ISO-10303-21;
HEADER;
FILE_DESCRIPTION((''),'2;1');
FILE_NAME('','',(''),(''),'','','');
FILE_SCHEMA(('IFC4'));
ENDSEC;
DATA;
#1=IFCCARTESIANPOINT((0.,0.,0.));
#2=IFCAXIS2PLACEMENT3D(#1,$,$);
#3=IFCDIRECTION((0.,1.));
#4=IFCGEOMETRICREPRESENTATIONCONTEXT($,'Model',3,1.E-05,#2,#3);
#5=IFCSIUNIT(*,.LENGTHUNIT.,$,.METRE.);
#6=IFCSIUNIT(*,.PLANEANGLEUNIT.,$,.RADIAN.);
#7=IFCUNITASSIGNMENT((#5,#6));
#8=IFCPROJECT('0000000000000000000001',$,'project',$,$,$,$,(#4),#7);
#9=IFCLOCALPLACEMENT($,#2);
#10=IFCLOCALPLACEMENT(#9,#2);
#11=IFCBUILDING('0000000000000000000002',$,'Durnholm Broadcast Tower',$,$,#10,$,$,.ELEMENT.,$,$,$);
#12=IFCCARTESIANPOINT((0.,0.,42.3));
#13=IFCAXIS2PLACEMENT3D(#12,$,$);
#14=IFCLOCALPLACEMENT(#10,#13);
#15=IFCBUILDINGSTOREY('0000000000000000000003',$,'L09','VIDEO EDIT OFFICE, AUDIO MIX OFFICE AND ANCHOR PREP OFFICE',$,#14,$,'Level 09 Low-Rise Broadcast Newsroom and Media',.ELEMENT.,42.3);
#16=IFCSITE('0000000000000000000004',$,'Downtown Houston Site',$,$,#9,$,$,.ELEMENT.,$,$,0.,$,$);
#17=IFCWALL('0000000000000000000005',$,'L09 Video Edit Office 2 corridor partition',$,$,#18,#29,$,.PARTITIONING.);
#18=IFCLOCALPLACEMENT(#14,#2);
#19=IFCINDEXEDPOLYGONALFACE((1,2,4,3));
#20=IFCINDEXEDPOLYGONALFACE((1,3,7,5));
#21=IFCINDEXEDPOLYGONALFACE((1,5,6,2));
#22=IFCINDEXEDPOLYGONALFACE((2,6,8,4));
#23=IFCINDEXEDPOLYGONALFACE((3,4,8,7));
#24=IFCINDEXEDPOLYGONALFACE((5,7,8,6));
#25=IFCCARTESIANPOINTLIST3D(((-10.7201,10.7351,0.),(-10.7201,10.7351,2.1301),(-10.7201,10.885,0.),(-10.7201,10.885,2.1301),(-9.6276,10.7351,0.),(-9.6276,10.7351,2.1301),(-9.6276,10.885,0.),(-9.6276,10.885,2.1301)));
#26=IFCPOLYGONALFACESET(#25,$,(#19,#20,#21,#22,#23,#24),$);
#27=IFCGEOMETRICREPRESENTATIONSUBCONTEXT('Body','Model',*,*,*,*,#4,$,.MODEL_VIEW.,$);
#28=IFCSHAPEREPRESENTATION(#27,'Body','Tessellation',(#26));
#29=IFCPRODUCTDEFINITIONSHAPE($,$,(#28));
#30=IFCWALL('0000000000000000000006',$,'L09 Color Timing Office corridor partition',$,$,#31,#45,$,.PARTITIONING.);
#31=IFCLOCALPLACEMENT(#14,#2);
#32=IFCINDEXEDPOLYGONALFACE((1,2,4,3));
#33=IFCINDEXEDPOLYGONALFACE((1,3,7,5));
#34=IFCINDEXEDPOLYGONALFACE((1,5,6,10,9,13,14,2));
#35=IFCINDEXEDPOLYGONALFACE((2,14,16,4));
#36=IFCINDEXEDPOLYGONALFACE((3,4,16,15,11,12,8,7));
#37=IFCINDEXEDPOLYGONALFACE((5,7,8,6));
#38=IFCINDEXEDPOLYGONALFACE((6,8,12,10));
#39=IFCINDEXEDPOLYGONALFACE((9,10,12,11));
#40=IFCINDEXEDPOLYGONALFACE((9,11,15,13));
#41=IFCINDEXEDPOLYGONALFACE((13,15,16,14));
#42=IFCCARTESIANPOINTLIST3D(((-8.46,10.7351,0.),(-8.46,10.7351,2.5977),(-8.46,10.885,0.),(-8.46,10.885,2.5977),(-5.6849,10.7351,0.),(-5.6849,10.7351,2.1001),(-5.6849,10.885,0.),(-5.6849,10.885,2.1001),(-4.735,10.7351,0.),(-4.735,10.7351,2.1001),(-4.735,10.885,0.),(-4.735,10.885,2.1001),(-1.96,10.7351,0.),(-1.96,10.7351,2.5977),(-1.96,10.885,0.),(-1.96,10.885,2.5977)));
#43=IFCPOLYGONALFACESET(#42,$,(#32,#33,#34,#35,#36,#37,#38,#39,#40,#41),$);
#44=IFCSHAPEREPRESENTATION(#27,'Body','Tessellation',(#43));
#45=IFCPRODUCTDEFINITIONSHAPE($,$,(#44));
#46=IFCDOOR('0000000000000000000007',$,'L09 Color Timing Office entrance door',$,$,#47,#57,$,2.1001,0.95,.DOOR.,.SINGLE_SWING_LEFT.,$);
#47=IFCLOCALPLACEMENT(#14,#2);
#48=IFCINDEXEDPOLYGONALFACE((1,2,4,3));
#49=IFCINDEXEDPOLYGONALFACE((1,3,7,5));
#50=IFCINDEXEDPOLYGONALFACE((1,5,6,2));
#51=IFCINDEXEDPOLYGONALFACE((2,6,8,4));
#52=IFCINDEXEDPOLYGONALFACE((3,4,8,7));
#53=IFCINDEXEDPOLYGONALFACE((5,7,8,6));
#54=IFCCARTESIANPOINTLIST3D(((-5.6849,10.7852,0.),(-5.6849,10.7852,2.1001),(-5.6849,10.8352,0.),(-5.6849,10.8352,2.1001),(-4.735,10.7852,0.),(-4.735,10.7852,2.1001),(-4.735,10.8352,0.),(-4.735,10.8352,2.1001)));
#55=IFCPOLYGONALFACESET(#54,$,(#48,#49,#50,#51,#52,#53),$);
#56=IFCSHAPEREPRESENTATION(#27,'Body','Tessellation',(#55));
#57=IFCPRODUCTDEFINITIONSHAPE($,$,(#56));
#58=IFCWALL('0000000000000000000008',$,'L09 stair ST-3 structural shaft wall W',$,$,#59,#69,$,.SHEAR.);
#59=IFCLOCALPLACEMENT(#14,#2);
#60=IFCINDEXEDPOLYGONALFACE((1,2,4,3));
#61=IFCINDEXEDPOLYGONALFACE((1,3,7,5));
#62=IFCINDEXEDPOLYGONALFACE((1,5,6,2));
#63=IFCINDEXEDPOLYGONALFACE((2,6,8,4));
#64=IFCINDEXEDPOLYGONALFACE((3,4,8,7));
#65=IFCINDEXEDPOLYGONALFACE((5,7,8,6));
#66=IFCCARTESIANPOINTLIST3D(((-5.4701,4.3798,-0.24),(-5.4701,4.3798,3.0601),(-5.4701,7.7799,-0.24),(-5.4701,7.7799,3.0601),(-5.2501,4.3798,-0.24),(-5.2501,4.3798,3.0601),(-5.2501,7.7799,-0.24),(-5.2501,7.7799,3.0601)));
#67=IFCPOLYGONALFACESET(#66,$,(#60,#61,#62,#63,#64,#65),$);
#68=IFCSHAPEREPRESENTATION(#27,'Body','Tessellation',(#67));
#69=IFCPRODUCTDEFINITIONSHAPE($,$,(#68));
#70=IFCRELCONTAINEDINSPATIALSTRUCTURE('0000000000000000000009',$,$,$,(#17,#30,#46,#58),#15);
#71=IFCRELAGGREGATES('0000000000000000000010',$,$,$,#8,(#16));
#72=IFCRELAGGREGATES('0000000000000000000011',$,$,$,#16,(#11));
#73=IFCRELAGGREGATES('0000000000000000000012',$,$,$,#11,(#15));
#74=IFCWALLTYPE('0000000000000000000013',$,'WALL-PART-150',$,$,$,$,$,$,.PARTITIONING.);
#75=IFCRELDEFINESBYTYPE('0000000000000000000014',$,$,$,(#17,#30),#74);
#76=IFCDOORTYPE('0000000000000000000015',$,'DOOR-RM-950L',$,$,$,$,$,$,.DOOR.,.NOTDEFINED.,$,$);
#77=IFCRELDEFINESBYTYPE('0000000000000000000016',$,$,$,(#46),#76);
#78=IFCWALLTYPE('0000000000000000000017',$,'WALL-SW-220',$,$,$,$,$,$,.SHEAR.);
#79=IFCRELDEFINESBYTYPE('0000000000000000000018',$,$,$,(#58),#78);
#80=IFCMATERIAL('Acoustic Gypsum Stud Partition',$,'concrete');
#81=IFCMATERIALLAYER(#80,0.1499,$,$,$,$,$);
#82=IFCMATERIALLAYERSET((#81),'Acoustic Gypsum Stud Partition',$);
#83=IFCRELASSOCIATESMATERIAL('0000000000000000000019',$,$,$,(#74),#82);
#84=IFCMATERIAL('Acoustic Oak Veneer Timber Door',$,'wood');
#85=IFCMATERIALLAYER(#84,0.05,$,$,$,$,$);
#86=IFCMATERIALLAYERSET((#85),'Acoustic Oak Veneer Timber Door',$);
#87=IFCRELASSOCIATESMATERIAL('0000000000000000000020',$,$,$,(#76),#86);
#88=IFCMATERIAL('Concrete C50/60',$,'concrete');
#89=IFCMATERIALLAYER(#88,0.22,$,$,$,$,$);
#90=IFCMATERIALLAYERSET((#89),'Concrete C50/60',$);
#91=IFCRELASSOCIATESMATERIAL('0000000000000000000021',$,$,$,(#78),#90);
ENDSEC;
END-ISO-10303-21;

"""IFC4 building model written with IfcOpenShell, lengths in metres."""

from ifc_helpers import new_model, si_unit, direction, frame, frame_2d, origin, place, context, subcontext, project, spatial, rectangle, extrude, source, transform, mapped, material, layer, layer_set, type_object, type_shapes, element, fill, save


model = new_model("IFC4")

# Units and contexts
model_context = context("Model", 3, precision=1e-05, world=origin(), true_north=direction((0.0, 1.0)))
body_context = subcontext(model_context, "Body", "Model", "MODEL_VIEW")
ifc_project = project(units=[si_unit("LENGTHUNIT", "METRE"), si_unit("PLANEANGLEUNIT", "RADIAN")], contexts=[model_context])

# Site, building, storey
site_placement = place(None, origin())
site = spatial("IfcSite", under=ifc_project, at=site_placement, Name="Downtown Houston Site", CompositionType="ELEMENT", RefElevation=0.0)
building_placement = place(site_placement, origin())
building = spatial("IfcBuilding", under=site, at=building_placement, Name="Durnholm Broadcast Tower", CompositionType="ELEMENT")
storey_placement = place(building_placement, frame((0.0, 0.0, 42.3)))
storey = spatial("IfcBuildingStorey", under=building, at=storey_placement, Name="L09", Description="VIDEO EDIT OFFICE, AUDIO MIX OFFICE AND ANCHOR PREP OFFICE", LongName="Level 09 Low-Rise Broadcast Newsroom and Media", CompositionType="ELEMENT", Elevation=42.3)

# Wall
ifc_material_1 = material(Name="Acoustic Gypsum Stud Partition", Category="concrete")
ifc_layer_1 = layer(ifc_material_1, 0.1499)
ifc_layer_set_1 = layer_set([ifc_layer_1], Name="Acoustic Gypsum Stud Partition")
wall_type_1 = type_object("IfcWallType", Name="WALL-PART-150", PredefinedType="PARTITIONING", material=ifc_layer_set_1)
wall_1_placement = place(storey_placement, frame((-9.6274, 10.8101, 0.0), z_axis=(0.0, 0.0, 1.0), x_axis=(-1.0, 0.0, 0.0)))
element("IfcWall", 1, at=wall_1_placement, inside=storey, type_object=wall_type_1, Name="L09 Video Edit Office 2 corridor partition", PredefinedType="PARTITIONING", context=body_context, shape_type="SweptSolid", body=[
    extrude(rectangle(XDim=1.0925, YDim=0.1499, at=frame_2d((0.5464, 0.0))), origin(), (0.0, 0.0, 1.0), 2.1301),
])

# Wall, opening, door
wall_2_placement = place(storey_placement, frame((-1.96, 10.8101, 0.0), z_axis=(0.0, 0.0, 1.0), x_axis=(-1.0, 0.0, 0.0)))
wall_2 = element("IfcWall", 2, at=wall_2_placement, inside=storey, type_object=wall_type_1, Name="L09 Color Timing Office corridor partition", PredefinedType="PARTITIONING", context=body_context, shape_type="SweptSolid", body=[
    extrude(rectangle(XDim=6.5, YDim=0.1499, at=frame_2d((3.25, 0.0))), origin(), (0.0, 0.0, 1.0), 2.5977),
])
opening_1_placement = place(wall_2_placement, frame((2.7749, 0.0, 0.0)))
opening_1 = element("IfcOpeningElement", 3, at=opening_1_placement, cuts=wall_2, PredefinedType="OPENING", context=body_context, shape_type="SweptSolid", body=[
    extrude(rectangle(XDim=0.95, YDim=2.1001, at=frame_2d((0.4751, 1.05))), frame((0.0, 0.085, 0.0), z_axis=(0.0, -1.0, 0.0), x_axis=(1.0, 0.0, 0.0)), (0.0, 0.0, 1.0), 0.1699),
])
ifc_material_2 = material(Name="Acoustic Oak Veneer Timber Door", Category="wood")
ifc_layer_2 = layer(ifc_material_2, 0.05)
ifc_layer_set_2 = layer_set([ifc_layer_2], Name="Acoustic Oak Veneer Timber Door")
door_type_1 = type_object("IfcDoorType", Name="DOOR-RM-950L", OperationType="NOTDEFINED", PredefinedType="DOOR", material=ifc_layer_set_2)
shared_shape_1 = source(origin(), body_context, "Body", "SweptSolid", [
    extrude(rectangle(XDim=0.95, YDim=2.1001, at=frame_2d((0.4751, 1.05))), frame((0.0, 0.0249, 0.0), z_axis=(0.0, -1.0, 0.0), x_axis=(1.0, 0.0, 0.0)), (0.0, 0.0, 1.0), 0.05),
])
type_shapes(door_type_1, [shared_shape_1])
door_1_placement = place(opening_1_placement, origin())
door_1 = element("IfcDoor", 4, at=door_1_placement, inside=storey, type_object=door_type_1, Name="L09 Color Timing Office entrance door", OperationType="SINGLE_SWING_LEFT", OverallHeight=2.1001, OverallWidth=0.95, PredefinedType="DOOR", context=body_context, shape_type="MappedRepresentation", body=[
    mapped(shared_shape_1, transform((0.0, 0.0, 0.0), x_axis=(1.0, 0.0, 0.0), y_axis=(0.0, 1.0, 0.0), z_axis=(0.0, 0.0, 1.0), scale=1.0)),
])
fill(opening_1, door_1)

# Wall
ifc_material_3 = material(Name="Concrete C50/60", Category="concrete")
ifc_layer_3 = layer(ifc_material_3, 0.22)
ifc_layer_set_3 = layer_set([ifc_layer_3], Name="Concrete C50/60")
wall_type_2 = type_object("IfcWallType", Name="WALL-SW-220", PredefinedType="SHEAR", material=ifc_layer_set_3)
wall_3_placement = place(storey_placement, frame((-5.3601, 7.78, -0.24), z_axis=(0.0, 0.0, 1.0), x_axis=(0.0, -1.0, 0.0)))
element("IfcWall", 5, at=wall_3_placement, inside=storey, type_object=wall_type_2, Name="L09 stair ST-3 structural shaft wall W", PredefinedType="SHEAR", context=body_context, shape_type="SweptSolid", body=[
    extrude(rectangle(XDim=3.4001, YDim=0.22, at=frame_2d((1.7002, 0.0))), origin(), (0.0, 0.0, 1.0), 3.3),
])

save(model, "model.ifc")
